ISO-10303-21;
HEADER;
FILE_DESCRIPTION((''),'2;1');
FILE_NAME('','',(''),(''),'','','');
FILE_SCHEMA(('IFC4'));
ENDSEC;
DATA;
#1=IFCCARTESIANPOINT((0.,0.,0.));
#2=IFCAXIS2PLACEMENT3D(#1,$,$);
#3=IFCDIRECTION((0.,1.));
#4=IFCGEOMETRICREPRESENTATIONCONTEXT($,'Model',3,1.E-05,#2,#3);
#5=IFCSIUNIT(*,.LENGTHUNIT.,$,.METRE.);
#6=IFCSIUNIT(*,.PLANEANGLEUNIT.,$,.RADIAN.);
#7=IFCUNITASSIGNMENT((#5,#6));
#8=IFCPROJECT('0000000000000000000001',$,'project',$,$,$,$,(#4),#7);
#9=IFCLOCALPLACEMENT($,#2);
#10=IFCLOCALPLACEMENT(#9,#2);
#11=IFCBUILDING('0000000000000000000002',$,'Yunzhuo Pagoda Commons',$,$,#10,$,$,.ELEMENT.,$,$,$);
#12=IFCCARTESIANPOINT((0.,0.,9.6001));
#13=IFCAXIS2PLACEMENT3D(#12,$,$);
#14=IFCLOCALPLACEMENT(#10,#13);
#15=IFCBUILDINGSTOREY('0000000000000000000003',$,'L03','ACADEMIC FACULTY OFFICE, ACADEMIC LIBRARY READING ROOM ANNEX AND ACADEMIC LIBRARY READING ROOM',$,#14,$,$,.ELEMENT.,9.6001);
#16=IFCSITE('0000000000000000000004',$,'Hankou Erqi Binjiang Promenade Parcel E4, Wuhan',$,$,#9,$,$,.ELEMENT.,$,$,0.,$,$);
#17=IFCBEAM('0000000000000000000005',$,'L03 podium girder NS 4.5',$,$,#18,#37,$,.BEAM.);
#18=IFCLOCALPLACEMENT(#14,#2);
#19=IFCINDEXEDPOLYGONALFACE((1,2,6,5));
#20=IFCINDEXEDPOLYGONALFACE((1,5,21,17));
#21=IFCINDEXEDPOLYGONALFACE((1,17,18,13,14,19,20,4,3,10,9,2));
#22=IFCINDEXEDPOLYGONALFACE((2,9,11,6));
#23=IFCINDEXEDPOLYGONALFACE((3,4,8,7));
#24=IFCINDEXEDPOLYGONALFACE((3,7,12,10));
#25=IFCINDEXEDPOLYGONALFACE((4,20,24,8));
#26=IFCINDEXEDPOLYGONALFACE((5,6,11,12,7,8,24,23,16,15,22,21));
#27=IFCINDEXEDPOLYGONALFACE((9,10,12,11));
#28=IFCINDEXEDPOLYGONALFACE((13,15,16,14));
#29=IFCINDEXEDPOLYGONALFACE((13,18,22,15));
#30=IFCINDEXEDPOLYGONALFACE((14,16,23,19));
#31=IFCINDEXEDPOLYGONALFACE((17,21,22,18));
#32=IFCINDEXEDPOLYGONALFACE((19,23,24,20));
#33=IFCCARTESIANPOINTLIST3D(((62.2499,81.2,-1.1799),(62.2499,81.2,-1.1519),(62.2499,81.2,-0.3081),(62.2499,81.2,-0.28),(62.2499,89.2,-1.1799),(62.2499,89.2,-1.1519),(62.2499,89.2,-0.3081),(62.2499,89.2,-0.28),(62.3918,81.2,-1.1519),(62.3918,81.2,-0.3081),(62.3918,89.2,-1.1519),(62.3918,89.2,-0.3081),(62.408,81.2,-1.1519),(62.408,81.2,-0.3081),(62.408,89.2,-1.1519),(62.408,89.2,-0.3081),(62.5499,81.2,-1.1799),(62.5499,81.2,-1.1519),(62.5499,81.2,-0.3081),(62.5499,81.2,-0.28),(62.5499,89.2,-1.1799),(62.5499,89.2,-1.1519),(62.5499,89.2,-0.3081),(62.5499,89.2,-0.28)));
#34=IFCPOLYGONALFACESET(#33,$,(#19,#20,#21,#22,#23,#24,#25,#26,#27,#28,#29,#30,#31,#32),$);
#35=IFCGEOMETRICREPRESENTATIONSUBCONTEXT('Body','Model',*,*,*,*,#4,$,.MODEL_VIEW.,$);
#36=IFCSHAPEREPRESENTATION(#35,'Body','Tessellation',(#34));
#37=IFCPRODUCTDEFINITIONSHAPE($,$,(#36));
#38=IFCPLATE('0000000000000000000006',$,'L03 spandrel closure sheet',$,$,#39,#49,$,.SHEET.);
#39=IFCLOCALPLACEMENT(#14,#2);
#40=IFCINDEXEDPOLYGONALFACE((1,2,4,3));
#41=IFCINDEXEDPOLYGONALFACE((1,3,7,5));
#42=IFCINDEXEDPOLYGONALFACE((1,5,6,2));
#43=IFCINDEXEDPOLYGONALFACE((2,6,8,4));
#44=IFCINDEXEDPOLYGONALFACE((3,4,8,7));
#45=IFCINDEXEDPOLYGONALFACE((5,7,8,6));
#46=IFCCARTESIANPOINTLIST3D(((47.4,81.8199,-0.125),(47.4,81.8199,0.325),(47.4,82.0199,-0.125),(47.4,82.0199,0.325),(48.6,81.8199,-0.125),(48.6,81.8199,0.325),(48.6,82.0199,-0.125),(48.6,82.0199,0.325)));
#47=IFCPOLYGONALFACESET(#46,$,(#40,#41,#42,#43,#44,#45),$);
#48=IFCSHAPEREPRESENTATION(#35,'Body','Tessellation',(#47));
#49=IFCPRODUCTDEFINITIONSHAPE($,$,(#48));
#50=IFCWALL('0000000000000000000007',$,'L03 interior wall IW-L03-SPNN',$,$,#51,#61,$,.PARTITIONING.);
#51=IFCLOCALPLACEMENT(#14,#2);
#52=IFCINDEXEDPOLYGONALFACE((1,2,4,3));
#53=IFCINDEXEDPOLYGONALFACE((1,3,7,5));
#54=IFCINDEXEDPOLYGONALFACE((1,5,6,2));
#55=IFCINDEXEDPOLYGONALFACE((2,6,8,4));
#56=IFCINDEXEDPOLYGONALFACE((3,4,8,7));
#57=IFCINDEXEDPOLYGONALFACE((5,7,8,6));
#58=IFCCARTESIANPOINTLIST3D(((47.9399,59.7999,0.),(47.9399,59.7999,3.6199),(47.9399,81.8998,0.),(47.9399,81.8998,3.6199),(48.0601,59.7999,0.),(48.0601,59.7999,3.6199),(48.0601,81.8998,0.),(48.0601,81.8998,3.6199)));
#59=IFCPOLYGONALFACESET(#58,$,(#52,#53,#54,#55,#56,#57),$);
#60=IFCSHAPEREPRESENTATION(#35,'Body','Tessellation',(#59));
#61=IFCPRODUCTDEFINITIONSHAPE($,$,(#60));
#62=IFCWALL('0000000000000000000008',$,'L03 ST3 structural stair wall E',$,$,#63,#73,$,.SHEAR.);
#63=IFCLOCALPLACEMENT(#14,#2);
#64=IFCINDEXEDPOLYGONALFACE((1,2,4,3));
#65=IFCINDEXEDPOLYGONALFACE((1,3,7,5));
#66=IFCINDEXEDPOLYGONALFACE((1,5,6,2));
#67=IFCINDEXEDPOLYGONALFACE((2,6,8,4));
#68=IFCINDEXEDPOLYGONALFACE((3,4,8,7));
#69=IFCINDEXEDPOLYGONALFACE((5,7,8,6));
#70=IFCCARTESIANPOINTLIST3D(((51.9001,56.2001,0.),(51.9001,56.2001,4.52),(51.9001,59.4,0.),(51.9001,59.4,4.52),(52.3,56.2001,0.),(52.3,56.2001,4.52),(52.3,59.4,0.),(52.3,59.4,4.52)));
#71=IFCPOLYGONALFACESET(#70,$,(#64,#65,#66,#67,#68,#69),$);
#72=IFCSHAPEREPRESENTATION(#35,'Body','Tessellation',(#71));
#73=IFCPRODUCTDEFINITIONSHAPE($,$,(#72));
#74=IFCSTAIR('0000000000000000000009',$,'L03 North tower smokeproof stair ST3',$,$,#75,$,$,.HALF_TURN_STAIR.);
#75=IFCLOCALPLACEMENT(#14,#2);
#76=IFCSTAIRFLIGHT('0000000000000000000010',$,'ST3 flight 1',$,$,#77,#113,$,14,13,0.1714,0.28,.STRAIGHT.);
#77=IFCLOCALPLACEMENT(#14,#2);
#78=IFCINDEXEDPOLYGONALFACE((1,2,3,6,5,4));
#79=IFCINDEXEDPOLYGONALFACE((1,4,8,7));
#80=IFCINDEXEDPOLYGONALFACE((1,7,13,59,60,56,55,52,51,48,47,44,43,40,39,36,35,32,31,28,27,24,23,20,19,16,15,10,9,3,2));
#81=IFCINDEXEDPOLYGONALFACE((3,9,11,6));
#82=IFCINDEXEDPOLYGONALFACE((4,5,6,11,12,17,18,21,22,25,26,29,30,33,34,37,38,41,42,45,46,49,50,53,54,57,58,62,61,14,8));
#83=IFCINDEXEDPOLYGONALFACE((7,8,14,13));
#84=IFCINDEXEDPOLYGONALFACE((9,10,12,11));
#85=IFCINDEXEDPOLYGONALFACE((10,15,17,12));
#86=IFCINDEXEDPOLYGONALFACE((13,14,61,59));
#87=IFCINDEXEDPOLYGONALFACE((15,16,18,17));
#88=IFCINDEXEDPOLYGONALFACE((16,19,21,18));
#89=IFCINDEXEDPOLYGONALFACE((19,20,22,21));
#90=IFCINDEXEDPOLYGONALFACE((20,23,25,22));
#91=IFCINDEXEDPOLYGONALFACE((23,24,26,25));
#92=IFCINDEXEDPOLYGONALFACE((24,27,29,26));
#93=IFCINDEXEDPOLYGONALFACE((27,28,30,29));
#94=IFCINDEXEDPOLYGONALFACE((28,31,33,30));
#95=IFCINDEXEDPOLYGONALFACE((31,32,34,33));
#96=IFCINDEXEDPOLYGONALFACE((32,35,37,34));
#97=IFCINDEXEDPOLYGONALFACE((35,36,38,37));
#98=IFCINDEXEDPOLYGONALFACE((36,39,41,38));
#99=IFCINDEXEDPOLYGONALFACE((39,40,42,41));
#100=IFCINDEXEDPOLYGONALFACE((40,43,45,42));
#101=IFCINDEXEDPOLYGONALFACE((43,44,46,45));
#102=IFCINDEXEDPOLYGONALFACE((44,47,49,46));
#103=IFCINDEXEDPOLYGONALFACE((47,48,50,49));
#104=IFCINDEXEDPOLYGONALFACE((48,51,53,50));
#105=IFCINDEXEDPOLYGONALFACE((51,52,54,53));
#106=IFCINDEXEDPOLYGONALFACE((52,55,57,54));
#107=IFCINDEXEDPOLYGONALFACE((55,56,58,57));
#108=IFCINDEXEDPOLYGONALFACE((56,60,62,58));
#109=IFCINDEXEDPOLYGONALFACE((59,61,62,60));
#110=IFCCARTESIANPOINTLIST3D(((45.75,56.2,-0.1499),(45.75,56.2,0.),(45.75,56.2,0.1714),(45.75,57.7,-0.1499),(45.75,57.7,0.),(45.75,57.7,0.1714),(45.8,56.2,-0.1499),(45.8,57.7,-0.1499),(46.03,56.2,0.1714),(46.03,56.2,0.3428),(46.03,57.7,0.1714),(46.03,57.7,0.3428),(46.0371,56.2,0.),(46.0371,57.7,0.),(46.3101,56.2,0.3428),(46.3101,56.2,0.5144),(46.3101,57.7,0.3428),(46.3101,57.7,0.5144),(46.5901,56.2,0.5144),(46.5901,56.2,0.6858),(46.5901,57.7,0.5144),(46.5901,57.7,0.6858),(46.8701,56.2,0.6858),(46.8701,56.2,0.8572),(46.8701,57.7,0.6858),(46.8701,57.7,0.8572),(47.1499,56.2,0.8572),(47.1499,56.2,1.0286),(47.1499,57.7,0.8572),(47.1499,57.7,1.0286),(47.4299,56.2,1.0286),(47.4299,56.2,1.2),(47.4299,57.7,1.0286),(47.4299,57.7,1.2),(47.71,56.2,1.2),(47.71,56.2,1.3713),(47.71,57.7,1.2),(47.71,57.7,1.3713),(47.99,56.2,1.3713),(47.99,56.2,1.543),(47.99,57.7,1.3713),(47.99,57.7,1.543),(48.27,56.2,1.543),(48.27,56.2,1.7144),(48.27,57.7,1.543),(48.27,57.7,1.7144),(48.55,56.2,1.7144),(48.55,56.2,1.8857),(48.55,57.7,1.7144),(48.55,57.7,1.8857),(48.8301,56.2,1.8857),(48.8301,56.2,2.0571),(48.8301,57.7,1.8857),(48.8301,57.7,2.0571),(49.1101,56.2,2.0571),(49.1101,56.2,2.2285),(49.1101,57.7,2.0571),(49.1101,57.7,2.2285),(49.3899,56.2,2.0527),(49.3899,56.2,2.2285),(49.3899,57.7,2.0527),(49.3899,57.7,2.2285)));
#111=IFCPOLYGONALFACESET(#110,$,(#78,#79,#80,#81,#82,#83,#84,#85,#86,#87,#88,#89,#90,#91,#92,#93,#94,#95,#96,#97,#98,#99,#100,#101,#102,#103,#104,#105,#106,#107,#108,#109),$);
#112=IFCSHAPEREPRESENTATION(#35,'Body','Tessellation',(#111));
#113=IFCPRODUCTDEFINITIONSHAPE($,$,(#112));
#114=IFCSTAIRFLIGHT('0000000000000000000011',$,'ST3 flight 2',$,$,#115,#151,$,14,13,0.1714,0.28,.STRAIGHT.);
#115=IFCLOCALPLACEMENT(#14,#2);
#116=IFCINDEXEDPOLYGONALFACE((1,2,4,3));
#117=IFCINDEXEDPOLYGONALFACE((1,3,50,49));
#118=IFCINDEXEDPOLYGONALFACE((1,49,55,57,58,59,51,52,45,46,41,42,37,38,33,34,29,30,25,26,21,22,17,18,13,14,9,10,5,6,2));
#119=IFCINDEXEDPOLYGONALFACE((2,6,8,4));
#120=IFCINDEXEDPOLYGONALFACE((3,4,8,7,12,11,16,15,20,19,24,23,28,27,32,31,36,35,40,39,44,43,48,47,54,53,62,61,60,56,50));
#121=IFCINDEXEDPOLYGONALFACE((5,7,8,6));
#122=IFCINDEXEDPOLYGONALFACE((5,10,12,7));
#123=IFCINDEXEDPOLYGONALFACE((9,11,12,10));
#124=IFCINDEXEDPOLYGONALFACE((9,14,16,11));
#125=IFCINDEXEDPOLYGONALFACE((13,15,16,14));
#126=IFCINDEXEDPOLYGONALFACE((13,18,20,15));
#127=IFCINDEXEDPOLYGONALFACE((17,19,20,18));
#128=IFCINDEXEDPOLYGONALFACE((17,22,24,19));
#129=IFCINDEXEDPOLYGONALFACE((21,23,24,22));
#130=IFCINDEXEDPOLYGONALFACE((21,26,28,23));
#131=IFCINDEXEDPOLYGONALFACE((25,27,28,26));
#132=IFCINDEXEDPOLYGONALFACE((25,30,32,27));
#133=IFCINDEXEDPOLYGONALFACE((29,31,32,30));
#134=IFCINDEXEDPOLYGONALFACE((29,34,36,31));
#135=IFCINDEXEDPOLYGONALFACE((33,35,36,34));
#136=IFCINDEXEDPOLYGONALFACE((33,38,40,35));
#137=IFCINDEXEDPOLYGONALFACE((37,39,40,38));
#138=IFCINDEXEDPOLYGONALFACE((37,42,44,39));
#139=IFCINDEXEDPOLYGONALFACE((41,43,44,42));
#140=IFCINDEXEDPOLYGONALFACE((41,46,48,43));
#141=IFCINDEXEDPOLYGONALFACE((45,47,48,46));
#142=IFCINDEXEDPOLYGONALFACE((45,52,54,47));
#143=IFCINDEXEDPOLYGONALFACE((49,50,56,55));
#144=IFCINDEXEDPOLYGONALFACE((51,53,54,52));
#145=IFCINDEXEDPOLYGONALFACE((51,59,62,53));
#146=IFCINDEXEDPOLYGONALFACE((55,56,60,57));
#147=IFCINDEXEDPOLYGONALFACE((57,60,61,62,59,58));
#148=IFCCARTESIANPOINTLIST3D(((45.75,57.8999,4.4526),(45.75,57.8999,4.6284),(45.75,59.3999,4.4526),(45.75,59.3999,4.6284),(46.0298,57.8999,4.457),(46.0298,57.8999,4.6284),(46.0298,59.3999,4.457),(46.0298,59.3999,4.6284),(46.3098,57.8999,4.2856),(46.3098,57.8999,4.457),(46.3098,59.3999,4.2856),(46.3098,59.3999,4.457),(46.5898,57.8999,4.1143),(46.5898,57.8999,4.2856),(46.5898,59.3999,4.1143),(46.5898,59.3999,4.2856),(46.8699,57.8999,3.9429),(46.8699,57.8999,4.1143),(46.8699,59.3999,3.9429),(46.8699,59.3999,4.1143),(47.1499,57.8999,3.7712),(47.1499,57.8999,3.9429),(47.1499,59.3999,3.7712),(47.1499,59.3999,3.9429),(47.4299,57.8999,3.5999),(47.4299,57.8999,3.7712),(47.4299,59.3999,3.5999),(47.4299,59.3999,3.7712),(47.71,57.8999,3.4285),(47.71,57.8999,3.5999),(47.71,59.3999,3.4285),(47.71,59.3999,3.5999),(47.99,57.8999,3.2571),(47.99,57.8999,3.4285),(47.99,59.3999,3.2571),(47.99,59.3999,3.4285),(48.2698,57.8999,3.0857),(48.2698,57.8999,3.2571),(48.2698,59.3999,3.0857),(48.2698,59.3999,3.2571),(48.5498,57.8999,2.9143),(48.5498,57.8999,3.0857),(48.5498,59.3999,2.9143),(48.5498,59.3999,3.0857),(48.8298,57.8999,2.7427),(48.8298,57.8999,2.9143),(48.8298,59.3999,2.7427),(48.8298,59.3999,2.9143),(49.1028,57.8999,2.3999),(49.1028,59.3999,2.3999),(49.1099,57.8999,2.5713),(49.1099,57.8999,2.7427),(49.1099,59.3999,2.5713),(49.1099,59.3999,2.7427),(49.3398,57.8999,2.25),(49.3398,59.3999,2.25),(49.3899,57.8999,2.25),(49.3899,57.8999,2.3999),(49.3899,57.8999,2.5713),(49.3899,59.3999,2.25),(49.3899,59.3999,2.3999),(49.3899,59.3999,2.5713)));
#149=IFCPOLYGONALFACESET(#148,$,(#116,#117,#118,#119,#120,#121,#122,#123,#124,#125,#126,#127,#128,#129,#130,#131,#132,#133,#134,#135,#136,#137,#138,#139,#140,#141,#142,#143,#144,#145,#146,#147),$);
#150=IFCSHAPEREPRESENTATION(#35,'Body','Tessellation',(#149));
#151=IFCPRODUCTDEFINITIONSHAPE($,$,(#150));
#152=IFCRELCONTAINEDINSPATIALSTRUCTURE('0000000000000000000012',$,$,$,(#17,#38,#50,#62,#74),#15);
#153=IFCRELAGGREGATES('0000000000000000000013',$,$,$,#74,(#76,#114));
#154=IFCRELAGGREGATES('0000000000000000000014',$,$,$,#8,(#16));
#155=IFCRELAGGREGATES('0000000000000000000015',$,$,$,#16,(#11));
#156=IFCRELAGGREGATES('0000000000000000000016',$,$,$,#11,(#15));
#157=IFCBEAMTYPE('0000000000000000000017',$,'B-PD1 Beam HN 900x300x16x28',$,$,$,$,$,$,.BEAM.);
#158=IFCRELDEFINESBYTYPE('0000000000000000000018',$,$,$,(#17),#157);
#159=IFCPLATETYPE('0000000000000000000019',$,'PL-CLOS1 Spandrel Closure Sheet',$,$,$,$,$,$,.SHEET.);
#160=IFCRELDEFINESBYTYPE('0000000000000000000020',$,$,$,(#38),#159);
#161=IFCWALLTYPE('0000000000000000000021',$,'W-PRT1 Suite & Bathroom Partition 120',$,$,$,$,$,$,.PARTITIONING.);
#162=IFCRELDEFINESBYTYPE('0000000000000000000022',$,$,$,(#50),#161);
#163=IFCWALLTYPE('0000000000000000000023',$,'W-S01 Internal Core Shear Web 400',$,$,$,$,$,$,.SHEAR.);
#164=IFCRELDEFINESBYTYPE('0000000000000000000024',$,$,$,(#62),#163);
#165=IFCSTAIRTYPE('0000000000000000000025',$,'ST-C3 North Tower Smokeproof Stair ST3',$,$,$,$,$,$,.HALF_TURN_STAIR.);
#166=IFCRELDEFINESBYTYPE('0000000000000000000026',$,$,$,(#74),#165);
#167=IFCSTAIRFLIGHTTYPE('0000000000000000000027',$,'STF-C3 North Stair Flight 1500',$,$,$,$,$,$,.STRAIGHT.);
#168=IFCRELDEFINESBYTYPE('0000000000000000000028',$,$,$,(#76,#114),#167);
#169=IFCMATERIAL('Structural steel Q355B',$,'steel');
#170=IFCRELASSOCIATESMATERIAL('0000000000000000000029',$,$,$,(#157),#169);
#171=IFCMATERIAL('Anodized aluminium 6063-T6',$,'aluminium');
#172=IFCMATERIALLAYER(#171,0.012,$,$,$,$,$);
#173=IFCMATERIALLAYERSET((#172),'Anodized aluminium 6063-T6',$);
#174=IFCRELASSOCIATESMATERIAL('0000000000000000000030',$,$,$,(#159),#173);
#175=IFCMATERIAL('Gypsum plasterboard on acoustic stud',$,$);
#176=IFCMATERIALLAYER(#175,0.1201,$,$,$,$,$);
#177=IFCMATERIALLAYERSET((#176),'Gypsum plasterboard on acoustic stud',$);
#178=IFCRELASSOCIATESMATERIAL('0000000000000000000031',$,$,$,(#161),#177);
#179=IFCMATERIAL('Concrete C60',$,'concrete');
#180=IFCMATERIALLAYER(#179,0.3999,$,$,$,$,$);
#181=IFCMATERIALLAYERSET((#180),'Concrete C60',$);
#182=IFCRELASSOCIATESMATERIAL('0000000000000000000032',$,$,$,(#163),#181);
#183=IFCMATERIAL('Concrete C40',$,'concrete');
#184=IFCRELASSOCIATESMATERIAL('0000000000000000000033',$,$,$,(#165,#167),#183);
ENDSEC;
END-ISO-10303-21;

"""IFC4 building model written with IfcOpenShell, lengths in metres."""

from ifc_helpers import new_model, si_unit, direction, frame, frame_2d, origin, origin_2d, place, context, subcontext, project, spatial, polyline, rectangle, i_section, outline, extrude, source, transform, mapped, material, layer, layer_set, material_profile, profile_set, type_object, element, aggregate, save


model = new_model("IFC4")

# Units and contexts
model_context = context("Model", 3, precision=1e-05, world=origin(), true_north=direction((0.0, 1.0)))
body_context = subcontext(model_context, "Body", "Model", "MODEL_VIEW")
ifc_project = project(units=[si_unit("LENGTHUNIT", "METRE"), si_unit("PLANEANGLEUNIT", "RADIAN")], contexts=[model_context])

# Site, building, storey
site_placement = place(None, origin())
site = spatial("IfcSite", under=ifc_project, at=site_placement, Name="Hankou Erqi Binjiang Promenade Parcel E4, Wuhan", CompositionType="ELEMENT", RefElevation=0.0)
building_placement = place(site_placement, origin())
building = spatial("IfcBuilding", under=site, at=building_placement, Name="Yunzhuo Pagoda Commons", CompositionType="ELEMENT")
storey_placement = place(building_placement, frame((0.0, 0.0, 9.6001)))
storey = spatial("IfcBuildingStorey", under=building, at=storey_placement, Name="L03", Description="ACADEMIC FACULTY OFFICE, ACADEMIC LIBRARY READING ROOM ANNEX AND ACADEMIC LIBRARY READING ROOM", CompositionType="ELEMENT", Elevation=9.6001)

# Beam
ifc_material_1 = material(Name="Structural steel Q355B", Category="steel")
ifc_material_profile_1 = material_profile(ifc_material_1, i_section(OverallWidth=0.3, OverallDepth=0.8999, WebThickness=0.0161, FlangeThickness=0.0281, at=origin_2d()), Name="Structural steel Q355B")
ifc_profile_set_1 = profile_set([ifc_material_profile_1], Name="Structural steel Q355B")
beam_type_1 = type_object("IfcBeamType", Name="B-PD1 Beam HN 900x300x16x28", PredefinedType="BEAM", material=ifc_profile_set_1)
shared_shape_1 = source(origin(), body_context, "Body", "SweptSolid", [
    extrude(i_section(OverallWidth=0.3, OverallDepth=0.8999, WebThickness=0.0161, FlangeThickness=0.0281, at=origin_2d()), origin(), (0.0, 0.0, 1.0), 8.0),
])
beam_1_placement = place(storey_placement, frame((62.3999, 81.2, -0.73), z_axis=(0.0, 1.0, 0.0), x_axis=(-1.0, 0.0, 0.0)))
element("IfcBeam", 1, at=beam_1_placement, inside=storey, type_object=beam_type_1, Name="L03 podium girder NS 4.5", PredefinedType="BEAM", context=body_context, shape_type="MappedRepresentation", body=[
    mapped(shared_shape_1, transform((0.0, 0.0, 0.0), scale=1.0)),
])

# Plate
ifc_material_2 = material(Name="Anodized aluminium 6063-T6", Category="aluminium")
ifc_layer_1 = layer(ifc_material_2, 0.012)
ifc_layer_set_1 = layer_set([ifc_layer_1], Name="Anodized aluminium 6063-T6")
plate_type = type_object("IfcPlateType", Name="PL-CLOS1 Spandrel Closure Sheet", PredefinedType="SHEET", material=ifc_layer_set_1)
shared_shape_2 = source(origin(), body_context, "Body", "SweptSolid", [
    extrude(rectangle(XDim=1.2, YDim=0.2, at=origin_2d()), origin(), (0.0, 0.0, 1.0), 0.45),
])
plate_placement = place(storey_placement, frame((48.0, 81.9199, -0.125), z_axis=(0.0, 0.0, 1.0), x_axis=(1.0, 0.0, 0.0)))
element("IfcPlate", 2, at=plate_placement, inside=storey, type_object=plate_type, Name="L03 spandrel closure sheet", PredefinedType="SHEET", context=body_context, shape_type="MappedRepresentation", body=[
    mapped(shared_shape_2, transform((0.0, 0.0, 0.0), scale=1.0)),
])

# Walls
ifc_material_3 = material(Name="Gypsum plasterboard on acoustic stud")
ifc_layer_2 = layer(ifc_material_3, 0.1201)
ifc_layer_set_2 = layer_set([ifc_layer_2], Name="Gypsum plasterboard on acoustic stud")
wall_type_1 = type_object("IfcWallType", Name="W-PRT1 Suite & Bathroom Partition 120", PredefinedType="PARTITIONING", material=ifc_layer_set_2)
wall_1_placement = place(storey_placement, frame((48.0, 59.8, 0.0), z_axis=(0.0, 0.0, 1.0), x_axis=(0.0, 1.0, 0.0)))
element("IfcWall", 3, at=wall_1_placement, inside=storey, type_object=wall_type_1, Name="L03 interior wall IW-L03-SPNN", PredefinedType="PARTITIONING", context=body_context, shape_type="SweptSolid", body=[
    extrude(rectangle(XDim=22.0999, YDim=0.1201, at=frame_2d((11.0498, 0.0))), origin(), (0.0, 0.0, 1.0), 3.6199),
])
ifc_material_4 = material(Name="Concrete C60", Category="concrete")
ifc_layer_3 = layer(ifc_material_4, 0.3999)
ifc_layer_set_3 = layer_set([ifc_layer_3], Name="Concrete C60")
wall_type_2 = type_object("IfcWallType", Name="W-S01 Internal Core Shear Web 400", PredefinedType="SHEAR", material=ifc_layer_set_3)
wall_2_placement = place(storey_placement, frame((52.1001, 56.2, 0.0), z_axis=(0.0, 0.0, 1.0), x_axis=(0.0, 1.0, 0.0)))
element("IfcWall", 4, at=wall_2_placement, inside=storey, type_object=wall_type_2, Name="L03 ST3 structural stair wall E", PredefinedType="SHEAR", context=body_context, shape_type="SweptSolid", body=[
    extrude(rectangle(XDim=3.2, YDim=0.3999, at=frame_2d((1.6001, 0.0))), origin(), (0.0, 0.0, 1.0), 4.52),
])

# Stair, stair flights
ifc_material_5 = material(Name="Concrete C40", Category="concrete")
stair_type = type_object("IfcStairType", Name="ST-C3 North Tower Smokeproof Stair ST3", PredefinedType="HALF_TURN_STAIR", material=ifc_material_5)
stair_placement = place(storey_placement, origin())
stair = element("IfcStair", 5, at=stair_placement, inside=storey, type_object=stair_type, Name="L03 North tower smokeproof stair ST3", PredefinedType="HALF_TURN_STAIR")
stair_flight_type = type_object("IfcStairFlightType", Name="STF-C3 North Stair Flight 1500", PredefinedType="STRAIGHT", material=ifc_material_5)
shared_shape_3 = source(origin(), body_context, "Body", "SweptSolid", [
    extrude(outline(polyline([(0.0, -0.1499), (0.0, 0.0), (0.0, 0.1714), (0.28, 0.1714), (0.28, 0.3428), (0.5601, 0.3428), (0.5601, 0.5144), (0.8401, 0.5144), (0.8401, 0.6858), (1.1201, 0.6858), (1.1201, 0.8572), (1.3999, 0.8572), (1.3999, 1.0286), (1.6799, 1.0286), (1.6799, 1.2), (1.96, 1.2), (1.96, 1.3713), (2.24, 1.3713), (2.24, 1.543), (2.52, 1.543), (2.52, 1.7144), (2.8, 1.7144), (2.8, 1.8857), (3.0801, 1.8857), (3.0801, 2.0571), (3.3601, 2.0571), (3.3601, 2.2285), (3.6399, 2.2285), (3.6399, 2.3999), (3.6399, 2.0527), (0.2871, 0.0), (0.05, -0.1499), (0.0, -0.1499)])), frame((0.0, 0.75, 0.0), z_axis=(0.0, -1.0, 0.0), x_axis=(1.0, 0.0, 0.0)), (0.0, 0.0, 1.0), 1.5),
])
stair_flight_1_placement = place(storey_placement, frame((45.75, 56.95, 0.0), z_axis=(0.0, 0.0, 1.0), x_axis=(1.0, 0.0, 0.0)))
stair_flight_1 = element("IfcStairFlight", 6, at=stair_flight_1_placement, type_object=stair_flight_type, Name="ST3 flight 1", NumberOfRisers=14, NumberOfTreads=13, PredefinedType="STRAIGHT", RiserHeight=0.1714, TreadLength=0.28, context=body_context, shape_type="MappedRepresentation", body=[
    mapped(shared_shape_3, transform((0.0, 0.0, 0.0), scale=1.0)),
])
stair_flight_2_placement = place(storey_placement, frame((49.3899, 58.6499, 2.3999), z_axis=(0.0, 0.0, 1.0), x_axis=(-1.0, 0.0, 0.0)))
stair_flight_2 = element("IfcStairFlight", 7, at=stair_flight_2_placement, type_object=stair_flight_type, Name="ST3 flight 2", NumberOfRisers=14, NumberOfTreads=13, PredefinedType="STRAIGHT", RiserHeight=0.1714, TreadLength=0.28, context=body_context, shape_type="MappedRepresentation", body=[
    mapped(shared_shape_3, transform((0.0, 0.0, 0.0), scale=1.0)),
])
aggregate(stair, [stair_flight_1, stair_flight_2])

save(model, "model.ifc")
